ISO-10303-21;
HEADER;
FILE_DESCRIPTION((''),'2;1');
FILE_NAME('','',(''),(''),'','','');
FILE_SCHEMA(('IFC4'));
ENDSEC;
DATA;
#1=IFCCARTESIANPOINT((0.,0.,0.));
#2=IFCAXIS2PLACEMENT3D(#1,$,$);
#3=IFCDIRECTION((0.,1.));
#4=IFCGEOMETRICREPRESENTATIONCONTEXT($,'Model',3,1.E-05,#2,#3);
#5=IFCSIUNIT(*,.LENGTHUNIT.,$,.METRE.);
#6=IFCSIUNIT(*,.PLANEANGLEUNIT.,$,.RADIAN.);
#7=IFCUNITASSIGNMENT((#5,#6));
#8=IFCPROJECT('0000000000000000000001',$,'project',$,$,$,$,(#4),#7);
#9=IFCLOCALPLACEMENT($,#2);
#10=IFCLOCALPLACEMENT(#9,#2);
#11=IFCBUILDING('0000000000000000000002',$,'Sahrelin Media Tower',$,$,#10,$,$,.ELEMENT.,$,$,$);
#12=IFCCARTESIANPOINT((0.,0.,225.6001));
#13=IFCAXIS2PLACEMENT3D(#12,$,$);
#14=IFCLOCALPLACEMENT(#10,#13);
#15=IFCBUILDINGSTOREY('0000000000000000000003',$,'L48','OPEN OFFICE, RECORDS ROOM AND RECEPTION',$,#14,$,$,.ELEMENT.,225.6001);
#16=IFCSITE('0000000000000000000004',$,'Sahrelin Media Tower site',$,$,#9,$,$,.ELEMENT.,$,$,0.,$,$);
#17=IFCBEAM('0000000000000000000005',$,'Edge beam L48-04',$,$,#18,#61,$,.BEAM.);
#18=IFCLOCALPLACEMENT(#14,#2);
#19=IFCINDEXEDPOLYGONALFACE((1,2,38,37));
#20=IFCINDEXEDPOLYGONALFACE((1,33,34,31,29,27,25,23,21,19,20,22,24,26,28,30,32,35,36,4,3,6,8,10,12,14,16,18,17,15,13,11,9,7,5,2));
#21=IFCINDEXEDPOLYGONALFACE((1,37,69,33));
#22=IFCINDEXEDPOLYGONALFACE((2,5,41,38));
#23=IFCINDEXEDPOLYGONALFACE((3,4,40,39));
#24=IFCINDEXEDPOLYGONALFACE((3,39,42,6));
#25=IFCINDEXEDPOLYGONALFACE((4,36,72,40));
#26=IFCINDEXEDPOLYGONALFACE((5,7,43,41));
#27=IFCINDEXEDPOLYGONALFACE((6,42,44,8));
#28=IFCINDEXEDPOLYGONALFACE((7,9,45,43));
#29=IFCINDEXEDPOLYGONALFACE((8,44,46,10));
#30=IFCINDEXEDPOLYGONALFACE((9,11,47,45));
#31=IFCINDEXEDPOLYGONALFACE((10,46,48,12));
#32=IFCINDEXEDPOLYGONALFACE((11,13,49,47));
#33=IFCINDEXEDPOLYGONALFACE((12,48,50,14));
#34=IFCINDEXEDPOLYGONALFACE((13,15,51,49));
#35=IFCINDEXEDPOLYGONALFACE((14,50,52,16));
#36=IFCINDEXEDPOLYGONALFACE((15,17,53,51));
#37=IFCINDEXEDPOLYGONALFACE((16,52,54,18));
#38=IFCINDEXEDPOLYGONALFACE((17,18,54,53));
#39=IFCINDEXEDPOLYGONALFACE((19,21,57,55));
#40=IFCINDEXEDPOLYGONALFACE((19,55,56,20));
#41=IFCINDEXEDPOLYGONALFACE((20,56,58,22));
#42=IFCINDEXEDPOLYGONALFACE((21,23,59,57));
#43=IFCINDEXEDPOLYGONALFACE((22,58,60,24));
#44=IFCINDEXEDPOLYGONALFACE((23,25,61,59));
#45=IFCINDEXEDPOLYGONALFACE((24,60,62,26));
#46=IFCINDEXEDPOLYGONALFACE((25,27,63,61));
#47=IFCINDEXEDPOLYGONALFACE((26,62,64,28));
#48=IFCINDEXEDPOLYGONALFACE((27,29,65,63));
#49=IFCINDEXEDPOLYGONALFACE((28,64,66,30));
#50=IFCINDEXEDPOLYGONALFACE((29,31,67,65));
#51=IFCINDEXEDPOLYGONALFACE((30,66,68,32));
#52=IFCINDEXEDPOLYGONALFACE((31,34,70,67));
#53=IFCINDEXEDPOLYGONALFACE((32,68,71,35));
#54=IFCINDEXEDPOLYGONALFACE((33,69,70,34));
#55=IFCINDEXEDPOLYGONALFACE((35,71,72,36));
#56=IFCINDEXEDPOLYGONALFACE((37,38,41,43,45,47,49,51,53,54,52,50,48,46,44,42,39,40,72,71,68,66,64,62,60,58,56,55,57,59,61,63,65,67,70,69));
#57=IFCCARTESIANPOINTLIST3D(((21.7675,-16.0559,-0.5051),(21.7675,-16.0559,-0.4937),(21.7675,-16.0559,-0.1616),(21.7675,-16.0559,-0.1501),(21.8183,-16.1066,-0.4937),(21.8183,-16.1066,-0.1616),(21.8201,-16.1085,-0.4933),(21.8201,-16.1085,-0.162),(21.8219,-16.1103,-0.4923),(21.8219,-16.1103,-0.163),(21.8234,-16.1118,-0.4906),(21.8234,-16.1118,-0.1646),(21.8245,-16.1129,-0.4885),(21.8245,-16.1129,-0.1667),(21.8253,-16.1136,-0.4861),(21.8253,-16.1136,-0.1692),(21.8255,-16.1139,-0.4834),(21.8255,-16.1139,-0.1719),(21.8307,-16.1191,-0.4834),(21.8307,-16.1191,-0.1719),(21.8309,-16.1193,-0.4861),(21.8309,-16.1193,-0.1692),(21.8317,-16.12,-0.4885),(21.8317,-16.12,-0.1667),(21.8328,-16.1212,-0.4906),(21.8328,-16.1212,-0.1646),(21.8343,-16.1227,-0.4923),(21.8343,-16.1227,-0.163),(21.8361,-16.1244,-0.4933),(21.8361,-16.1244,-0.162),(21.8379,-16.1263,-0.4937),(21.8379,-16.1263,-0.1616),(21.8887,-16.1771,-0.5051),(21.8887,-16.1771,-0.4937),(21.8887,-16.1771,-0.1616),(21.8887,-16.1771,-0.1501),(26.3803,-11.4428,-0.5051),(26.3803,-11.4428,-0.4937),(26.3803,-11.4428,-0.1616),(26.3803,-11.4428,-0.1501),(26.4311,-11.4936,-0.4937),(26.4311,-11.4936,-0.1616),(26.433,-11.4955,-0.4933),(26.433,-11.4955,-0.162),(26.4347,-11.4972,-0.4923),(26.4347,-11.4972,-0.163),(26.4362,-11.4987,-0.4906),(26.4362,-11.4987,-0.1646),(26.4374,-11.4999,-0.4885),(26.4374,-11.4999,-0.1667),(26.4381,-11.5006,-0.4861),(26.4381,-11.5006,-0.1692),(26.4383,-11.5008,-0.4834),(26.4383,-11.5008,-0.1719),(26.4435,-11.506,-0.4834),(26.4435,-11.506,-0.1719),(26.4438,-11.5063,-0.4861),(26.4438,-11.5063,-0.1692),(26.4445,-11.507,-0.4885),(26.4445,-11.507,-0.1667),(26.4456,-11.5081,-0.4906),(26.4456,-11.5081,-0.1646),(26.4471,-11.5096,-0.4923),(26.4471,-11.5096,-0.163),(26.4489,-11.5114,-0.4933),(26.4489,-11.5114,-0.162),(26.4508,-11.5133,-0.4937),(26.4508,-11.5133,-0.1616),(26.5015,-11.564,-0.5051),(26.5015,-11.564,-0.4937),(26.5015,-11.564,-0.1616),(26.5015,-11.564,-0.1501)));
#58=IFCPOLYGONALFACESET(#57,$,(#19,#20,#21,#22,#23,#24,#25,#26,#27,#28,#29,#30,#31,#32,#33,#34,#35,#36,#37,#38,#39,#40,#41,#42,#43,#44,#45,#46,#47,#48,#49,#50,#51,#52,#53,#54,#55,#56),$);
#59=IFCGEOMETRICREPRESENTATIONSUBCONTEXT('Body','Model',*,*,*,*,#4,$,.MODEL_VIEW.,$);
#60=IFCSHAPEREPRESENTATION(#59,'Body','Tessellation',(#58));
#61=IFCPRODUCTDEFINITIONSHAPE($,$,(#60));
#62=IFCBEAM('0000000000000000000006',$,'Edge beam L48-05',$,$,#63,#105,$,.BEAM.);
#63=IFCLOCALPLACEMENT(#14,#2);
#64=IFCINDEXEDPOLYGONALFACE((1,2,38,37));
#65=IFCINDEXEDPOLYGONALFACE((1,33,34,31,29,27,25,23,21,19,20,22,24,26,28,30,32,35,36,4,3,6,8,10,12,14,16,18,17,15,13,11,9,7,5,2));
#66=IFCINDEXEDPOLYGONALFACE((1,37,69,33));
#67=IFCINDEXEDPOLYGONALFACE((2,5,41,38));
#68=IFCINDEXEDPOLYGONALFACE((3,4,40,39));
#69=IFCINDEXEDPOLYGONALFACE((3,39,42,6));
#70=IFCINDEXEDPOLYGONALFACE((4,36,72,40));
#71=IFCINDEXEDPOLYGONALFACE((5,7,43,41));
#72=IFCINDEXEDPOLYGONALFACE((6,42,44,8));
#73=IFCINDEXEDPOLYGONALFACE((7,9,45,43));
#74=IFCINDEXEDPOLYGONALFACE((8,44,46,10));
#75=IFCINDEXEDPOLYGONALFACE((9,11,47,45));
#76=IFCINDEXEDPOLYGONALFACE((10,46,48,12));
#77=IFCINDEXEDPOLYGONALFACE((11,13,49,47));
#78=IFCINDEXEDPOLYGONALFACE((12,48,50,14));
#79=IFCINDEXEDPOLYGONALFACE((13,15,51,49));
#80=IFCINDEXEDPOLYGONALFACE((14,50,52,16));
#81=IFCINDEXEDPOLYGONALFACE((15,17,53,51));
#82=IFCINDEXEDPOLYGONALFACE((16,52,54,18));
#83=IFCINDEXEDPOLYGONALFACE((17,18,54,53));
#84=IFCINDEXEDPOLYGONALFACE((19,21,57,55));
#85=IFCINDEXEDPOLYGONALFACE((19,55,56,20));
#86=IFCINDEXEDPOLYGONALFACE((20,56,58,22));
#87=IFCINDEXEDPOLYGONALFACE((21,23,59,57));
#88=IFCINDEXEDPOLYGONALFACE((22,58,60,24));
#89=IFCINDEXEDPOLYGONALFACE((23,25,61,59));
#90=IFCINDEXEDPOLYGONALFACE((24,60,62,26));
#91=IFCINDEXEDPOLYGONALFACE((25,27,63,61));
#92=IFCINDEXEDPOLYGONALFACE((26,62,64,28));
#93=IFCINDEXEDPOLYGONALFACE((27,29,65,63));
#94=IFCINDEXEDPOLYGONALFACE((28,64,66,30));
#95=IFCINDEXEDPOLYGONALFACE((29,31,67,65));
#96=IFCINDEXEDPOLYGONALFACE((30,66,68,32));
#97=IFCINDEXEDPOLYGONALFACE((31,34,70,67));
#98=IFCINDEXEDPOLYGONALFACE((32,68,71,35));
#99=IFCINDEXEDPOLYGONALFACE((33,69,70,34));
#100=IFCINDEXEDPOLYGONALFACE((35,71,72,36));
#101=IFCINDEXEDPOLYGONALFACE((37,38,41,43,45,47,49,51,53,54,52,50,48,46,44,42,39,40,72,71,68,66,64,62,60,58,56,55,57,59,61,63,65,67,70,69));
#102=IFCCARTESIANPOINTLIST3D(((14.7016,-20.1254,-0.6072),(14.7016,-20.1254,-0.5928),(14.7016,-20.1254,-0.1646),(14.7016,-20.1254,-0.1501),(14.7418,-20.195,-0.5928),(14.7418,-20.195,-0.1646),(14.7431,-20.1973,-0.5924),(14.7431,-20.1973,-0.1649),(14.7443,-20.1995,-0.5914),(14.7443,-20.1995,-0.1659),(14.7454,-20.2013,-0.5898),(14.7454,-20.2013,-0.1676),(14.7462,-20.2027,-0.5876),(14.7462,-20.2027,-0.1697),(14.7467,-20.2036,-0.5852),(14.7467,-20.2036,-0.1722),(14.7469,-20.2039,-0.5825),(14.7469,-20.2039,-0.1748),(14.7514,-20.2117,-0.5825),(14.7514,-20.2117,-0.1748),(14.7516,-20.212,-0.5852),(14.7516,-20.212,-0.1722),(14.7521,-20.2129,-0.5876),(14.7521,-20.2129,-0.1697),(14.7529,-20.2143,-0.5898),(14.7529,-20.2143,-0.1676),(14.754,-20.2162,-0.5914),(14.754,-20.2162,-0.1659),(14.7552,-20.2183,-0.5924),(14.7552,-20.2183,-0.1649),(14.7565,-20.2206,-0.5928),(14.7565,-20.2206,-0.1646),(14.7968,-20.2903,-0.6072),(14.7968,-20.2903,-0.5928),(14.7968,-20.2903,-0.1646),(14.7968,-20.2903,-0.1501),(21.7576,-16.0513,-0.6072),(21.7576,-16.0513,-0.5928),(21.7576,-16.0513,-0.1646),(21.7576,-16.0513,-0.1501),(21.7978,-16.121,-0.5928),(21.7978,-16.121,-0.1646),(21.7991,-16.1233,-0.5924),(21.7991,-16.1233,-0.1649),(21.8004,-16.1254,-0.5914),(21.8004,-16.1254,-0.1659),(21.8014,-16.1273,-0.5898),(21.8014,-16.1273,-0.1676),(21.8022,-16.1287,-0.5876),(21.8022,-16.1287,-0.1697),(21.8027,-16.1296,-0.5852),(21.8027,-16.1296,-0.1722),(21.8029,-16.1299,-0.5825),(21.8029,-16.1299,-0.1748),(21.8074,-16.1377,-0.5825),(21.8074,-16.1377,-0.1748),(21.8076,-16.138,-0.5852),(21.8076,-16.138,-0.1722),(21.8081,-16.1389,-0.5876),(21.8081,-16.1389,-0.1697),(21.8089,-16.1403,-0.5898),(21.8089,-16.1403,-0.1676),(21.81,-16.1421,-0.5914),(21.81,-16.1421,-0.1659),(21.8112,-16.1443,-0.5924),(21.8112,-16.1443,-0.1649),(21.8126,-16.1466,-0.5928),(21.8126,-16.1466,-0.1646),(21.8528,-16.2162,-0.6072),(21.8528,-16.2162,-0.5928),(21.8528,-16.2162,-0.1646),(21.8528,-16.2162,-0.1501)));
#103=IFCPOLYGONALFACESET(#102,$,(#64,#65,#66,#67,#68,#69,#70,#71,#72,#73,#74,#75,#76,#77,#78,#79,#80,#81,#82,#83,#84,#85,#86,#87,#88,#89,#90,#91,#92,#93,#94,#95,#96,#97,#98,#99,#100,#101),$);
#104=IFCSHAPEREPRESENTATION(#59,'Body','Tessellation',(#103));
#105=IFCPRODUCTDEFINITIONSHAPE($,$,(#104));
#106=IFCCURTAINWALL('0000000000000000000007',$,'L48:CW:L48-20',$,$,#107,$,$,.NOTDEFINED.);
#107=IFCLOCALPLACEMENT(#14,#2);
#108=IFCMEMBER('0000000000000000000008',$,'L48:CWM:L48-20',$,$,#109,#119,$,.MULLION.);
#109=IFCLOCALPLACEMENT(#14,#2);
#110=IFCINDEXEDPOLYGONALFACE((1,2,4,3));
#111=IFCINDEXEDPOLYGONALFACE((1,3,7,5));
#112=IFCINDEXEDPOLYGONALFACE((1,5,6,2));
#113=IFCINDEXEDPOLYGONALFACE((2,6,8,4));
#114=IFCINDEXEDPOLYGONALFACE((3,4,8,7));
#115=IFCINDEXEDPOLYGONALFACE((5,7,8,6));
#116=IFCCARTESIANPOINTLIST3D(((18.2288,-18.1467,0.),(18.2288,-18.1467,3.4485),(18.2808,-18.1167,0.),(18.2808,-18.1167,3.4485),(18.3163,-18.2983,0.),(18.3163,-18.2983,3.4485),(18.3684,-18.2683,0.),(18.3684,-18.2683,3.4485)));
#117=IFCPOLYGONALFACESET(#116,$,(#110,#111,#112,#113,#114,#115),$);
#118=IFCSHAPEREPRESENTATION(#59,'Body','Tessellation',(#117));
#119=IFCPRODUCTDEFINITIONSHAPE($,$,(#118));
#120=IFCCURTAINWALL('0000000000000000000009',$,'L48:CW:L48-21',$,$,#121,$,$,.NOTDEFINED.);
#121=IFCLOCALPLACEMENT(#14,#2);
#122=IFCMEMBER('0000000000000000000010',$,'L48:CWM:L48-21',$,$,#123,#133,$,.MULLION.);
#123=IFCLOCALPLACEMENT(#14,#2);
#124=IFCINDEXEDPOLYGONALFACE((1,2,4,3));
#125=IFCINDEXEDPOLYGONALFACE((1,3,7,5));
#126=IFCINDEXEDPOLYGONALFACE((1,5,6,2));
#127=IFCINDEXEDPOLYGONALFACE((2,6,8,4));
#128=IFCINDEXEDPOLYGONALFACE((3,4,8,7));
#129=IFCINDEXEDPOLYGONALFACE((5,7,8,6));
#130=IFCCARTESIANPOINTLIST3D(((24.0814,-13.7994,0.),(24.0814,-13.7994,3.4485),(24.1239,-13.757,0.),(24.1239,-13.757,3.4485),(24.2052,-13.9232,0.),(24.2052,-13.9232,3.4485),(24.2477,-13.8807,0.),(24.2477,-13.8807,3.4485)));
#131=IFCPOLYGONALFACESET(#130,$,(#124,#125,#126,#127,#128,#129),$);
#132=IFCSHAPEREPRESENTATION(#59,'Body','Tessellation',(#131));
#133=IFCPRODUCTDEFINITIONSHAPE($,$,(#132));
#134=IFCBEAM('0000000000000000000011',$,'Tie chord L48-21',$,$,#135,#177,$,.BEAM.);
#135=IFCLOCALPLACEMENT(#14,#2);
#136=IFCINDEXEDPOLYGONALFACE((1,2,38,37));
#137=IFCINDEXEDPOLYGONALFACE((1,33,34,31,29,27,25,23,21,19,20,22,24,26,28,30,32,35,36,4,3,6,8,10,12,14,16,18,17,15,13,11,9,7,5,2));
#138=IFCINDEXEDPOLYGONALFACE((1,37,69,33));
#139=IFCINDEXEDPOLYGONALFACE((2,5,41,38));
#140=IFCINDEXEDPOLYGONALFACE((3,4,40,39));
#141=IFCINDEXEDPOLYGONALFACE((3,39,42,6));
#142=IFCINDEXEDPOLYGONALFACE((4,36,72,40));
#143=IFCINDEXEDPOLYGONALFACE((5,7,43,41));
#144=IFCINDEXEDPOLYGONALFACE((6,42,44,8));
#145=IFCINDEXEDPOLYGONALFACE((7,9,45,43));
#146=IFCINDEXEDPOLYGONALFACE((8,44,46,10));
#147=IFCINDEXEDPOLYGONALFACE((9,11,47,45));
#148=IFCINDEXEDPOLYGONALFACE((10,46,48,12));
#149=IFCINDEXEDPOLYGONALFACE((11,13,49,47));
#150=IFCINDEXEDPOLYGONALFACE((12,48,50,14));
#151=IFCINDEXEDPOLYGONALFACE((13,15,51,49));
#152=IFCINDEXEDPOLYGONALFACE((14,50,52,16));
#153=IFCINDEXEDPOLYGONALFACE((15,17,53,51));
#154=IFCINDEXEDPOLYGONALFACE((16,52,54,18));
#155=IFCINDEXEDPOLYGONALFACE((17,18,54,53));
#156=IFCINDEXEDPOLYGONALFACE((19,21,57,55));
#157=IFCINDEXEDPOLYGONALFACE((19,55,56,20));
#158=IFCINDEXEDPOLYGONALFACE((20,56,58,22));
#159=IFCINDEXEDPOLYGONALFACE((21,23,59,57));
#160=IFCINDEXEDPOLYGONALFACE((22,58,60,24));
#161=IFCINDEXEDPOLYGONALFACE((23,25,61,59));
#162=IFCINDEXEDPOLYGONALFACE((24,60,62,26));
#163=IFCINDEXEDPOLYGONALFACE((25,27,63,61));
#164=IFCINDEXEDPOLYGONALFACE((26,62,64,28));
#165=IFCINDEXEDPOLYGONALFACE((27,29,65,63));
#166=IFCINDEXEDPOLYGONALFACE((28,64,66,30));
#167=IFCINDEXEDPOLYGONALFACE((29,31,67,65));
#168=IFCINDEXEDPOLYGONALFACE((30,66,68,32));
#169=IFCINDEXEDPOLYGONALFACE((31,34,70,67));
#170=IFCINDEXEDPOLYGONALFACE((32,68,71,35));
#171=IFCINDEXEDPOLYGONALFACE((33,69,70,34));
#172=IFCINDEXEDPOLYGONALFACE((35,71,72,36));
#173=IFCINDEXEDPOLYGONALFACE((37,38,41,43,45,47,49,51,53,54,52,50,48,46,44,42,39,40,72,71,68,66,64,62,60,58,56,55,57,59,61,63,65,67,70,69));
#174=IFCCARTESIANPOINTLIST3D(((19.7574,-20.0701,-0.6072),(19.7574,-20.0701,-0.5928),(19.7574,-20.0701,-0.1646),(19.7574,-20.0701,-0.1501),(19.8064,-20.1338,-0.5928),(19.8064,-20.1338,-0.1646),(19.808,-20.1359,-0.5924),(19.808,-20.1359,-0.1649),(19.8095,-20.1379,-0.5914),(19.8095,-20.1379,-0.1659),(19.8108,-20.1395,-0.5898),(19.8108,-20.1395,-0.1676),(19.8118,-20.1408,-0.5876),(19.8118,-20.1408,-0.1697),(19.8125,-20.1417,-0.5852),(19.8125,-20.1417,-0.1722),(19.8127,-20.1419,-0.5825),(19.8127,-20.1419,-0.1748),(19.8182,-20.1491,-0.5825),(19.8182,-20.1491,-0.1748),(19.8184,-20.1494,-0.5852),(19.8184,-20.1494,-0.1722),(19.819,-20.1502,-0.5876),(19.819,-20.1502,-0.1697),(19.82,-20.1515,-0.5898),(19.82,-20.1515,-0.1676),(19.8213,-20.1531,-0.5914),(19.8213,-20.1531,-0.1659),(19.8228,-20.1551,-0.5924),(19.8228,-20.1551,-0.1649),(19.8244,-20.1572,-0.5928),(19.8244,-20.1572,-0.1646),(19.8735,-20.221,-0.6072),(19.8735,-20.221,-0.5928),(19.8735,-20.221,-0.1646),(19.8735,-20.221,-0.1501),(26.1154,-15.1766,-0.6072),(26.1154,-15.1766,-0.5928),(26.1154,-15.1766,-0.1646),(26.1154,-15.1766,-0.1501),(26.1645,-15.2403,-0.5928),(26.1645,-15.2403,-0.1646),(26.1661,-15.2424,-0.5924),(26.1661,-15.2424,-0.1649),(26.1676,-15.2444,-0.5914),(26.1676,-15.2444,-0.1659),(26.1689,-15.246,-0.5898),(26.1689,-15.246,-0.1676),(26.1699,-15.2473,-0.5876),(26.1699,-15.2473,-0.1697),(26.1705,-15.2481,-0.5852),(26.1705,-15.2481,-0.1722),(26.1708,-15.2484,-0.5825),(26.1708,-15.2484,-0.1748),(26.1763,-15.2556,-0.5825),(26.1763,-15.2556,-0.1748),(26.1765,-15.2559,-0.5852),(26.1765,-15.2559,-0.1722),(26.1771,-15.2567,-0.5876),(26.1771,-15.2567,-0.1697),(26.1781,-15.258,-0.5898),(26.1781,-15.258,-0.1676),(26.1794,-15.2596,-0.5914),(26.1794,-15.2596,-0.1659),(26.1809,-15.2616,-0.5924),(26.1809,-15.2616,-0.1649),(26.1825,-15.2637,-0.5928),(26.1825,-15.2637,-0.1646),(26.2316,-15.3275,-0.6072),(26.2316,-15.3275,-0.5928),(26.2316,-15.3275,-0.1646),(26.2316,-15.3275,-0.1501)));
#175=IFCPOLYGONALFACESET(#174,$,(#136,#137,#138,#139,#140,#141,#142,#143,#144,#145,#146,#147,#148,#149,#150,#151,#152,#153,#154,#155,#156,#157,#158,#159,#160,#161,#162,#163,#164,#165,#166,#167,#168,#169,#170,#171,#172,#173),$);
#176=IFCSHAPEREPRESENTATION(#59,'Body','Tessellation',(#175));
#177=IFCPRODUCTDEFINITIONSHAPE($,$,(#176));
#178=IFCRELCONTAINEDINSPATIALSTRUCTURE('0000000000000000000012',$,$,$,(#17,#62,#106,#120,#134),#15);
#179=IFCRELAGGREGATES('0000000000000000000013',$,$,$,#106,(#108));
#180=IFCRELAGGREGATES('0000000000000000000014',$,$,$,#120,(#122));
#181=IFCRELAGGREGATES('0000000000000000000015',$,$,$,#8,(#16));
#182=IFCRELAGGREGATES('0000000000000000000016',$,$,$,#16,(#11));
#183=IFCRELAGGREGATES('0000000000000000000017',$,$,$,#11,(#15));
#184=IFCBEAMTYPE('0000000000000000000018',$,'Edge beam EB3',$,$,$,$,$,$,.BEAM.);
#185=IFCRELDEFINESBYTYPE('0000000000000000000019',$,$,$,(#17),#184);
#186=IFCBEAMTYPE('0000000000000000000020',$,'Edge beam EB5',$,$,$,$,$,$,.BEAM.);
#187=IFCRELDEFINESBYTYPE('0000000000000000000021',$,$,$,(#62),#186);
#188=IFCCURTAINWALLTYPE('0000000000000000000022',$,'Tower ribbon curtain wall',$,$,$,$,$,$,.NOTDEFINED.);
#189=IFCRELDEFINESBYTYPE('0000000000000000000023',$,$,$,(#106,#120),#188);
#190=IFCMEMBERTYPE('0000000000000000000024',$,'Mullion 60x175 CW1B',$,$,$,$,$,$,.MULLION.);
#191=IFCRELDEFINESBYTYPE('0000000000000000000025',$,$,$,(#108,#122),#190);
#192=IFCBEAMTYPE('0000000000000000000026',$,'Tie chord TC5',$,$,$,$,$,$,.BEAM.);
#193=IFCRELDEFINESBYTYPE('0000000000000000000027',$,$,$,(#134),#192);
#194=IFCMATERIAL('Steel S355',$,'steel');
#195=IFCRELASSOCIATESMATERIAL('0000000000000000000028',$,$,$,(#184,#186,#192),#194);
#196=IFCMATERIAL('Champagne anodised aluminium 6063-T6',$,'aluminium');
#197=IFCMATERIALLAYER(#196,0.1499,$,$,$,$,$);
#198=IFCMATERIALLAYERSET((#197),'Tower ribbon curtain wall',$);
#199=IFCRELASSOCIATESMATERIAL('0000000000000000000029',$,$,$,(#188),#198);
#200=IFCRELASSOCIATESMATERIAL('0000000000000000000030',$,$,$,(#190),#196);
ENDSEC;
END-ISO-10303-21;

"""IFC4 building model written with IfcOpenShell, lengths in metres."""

from ifc_helpers import new_model, si_unit, direction, frame, origin, origin_2d, place, context, subcontext, project, spatial, rectangle, i_section, extrude, material, layer, layer_set, material_profile, profile_set, type_object, element, aggregate, save


model = new_model("IFC4")

# Units and contexts
model_context = context("Model", 3, precision=1e-05, world=origin(), true_north=direction((0.0, 1.0)))
body_context = subcontext(model_context, "Body", "Model", "MODEL_VIEW")
ifc_project = project(units=[si_unit("LENGTHUNIT", "METRE"), si_unit("PLANEANGLEUNIT", "RADIAN")], contexts=[model_context])

# Site, building, storey
site_placement = place(None, origin())
site = spatial("IfcSite", under=ifc_project, at=site_placement, Name="Sahrelin Media Tower site", CompositionType="ELEMENT", RefElevation=0.0)
building_placement = place(site_placement, origin())
building = spatial("IfcBuilding", under=site, at=building_placement, Name="Sahrelin Media Tower", CompositionType="ELEMENT")
storey_placement = place(building_placement, frame((0.0, 0.0, 225.6001)))
storey = spatial("IfcBuildingStorey", under=building, at=storey_placement, Name="L48", Description="OPEN OFFICE, RECORDS ROOM AND RECEPTION", CompositionType="ELEMENT", Elevation=225.6001)

# Beams
ifc_material_1 = material(Name="Steel S355", Category="steel")
ifc_material_profile_1 = material_profile(ifc_material_1, i_section(OverallWidth=0.1714, OverallDepth=0.355, WebThickness=0.0073, FlangeThickness=0.0115, FilletRadius=0.0103, at=origin_2d()), Name="UB 356x171x51")
ifc_profile_set_1 = profile_set([ifc_material_profile_1], Name="Steel S355")
beam_type_1 = type_object("IfcBeamType", Name="Edge beam EB3", PredefinedType="BEAM", material=ifc_profile_set_1)
beam_1_placement = place(storey_placement, frame((26.4409, -11.5034, -0.3276), z_axis=(-0.707088, -0.707125, 0.0), x_axis=(0.707125, -0.707088, 0.0)))
element("IfcBeam", 1, at=beam_1_placement, inside=storey, type_object=beam_type_1, Name="Edge beam L48-04", PredefinedType="BEAM", context=body_context, shape_type="SweptSolid", body=[
    extrude(i_section(OverallWidth=0.1714, OverallDepth=0.355, WebThickness=0.0073, FlangeThickness=0.0115, FilletRadius=0.0103, at=origin_2d()), origin(), (0.0, 0.0, 1.0), 6.5237),
])
ifc_material_profile_2 = material_profile(ifc_material_1, i_section(OverallWidth=0.1904, OverallDepth=0.457, WebThickness=0.009, FlangeThickness=0.0144, FilletRadius=0.0103, at=origin_2d()), Name="UB 457x191x74")
ifc_profile_set_2 = profile_set([ifc_material_profile_2], Name="Steel S355")
beam_type_2 = type_object("IfcBeamType", Name="Edge beam EB5", PredefinedType="BEAM", material=ifc_profile_set_2)
beam_2_placement = place(storey_placement, frame((21.8052, -16.1338, -0.3787), z_axis=(-0.866012, -0.500022, 0.0), x_axis=(0.500022, -0.866012, 0.0)))
element("IfcBeam", 2, at=beam_2_placement, inside=storey, type_object=beam_type_2, Name="Edge beam L48-05", PredefinedType="BEAM", context=body_context, shape_type="SweptSolid", body=[
    extrude(i_section(OverallWidth=0.1904, OverallDepth=0.457, WebThickness=0.009, FlangeThickness=0.0144, FilletRadius=0.0103, at=origin_2d()), origin(), (0.0, 0.0, 1.0), 8.1477),
])

# Curtain walls, members
ifc_material_2 = material(Name="Champagne anodised aluminium 6063-T6", Category="aluminium")
ifc_layer_1 = layer(ifc_material_2, 0.1499)
ifc_layer_set_1 = layer_set([ifc_layer_1], Name="Tower ribbon curtain wall")
curtain_wall_type = type_object("IfcCurtainWallType", Name="Tower ribbon curtain wall", PredefinedType="NOTDEFINED", material=ifc_layer_set_1)
curtain_wall_1_placement = place(storey_placement, frame((18.3523, -18.3008, 0.0), z_axis=(0.0, 0.0, 1.0), x_axis=(1.0, 0.0, 0.0)))
curtain_wall_1 = element("IfcCurtainWall", 3, at=curtain_wall_1_placement, inside=storey, type_object=curtain_wall_type, Name="L48:CW:L48-20", PredefinedType="NOTDEFINED")
ifc_material_profile_3 = material_profile(ifc_material_2, rectangle(XDim=0.0601, YDim=0.175, at=origin_2d()), Name="Mullion 60x175")
ifc_profile_set_3 = profile_set([ifc_material_profile_3], Name="Champagne anodised aluminium 6063-T6")
member_type_1 = type_object("IfcMemberType", Name="Mullion 60x175 CW1B", PredefinedType="MULLION", material=ifc_profile_set_3)
member_1_placement = place(storey_placement, frame((18.2986, -18.2075, 0.0), z_axis=(0.0, 0.0, 1.0), x_axis=(0.866026, 0.499998, 0.0)))
member_1 = element("IfcMember", 4, at=member_1_placement, type_object=member_type_1, Name="L48:CWM:L48-20", PredefinedType="MULLION", context=body_context, shape_type="SweptSolid", body=[
    extrude(rectangle(XDim=0.0601, YDim=0.175, at=origin_2d()), origin(), (0.0, 0.0, 1.0), 3.4485),
])
curtain_wall_2_placement = place(storey_placement, frame((24.2405, -13.916, 0.0), z_axis=(0.0, 0.0, 1.0), x_axis=(1.0, 0.0, 0.0)))
curtain_wall_2 = element("IfcCurtainWall", 5, at=curtain_wall_2_placement, inside=storey, type_object=curtain_wall_type, Name="L48:CW:L48-21", PredefinedType="NOTDEFINED")
member_2_placement = place(storey_placement, frame((24.1646, -13.8401, 0.0), z_axis=(0.0, 0.0, 1.0), x_axis=(0.707107, 0.707107, 0.0)))
member_2 = element("IfcMember", 6, at=member_2_placement, type_object=member_type_1, Name="L48:CWM:L48-21", PredefinedType="MULLION", context=body_context, shape_type="SweptSolid", body=[
    extrude(rectangle(XDim=0.0601, YDim=0.175, at=origin_2d()), origin(), (0.0, 0.0, 1.0), 3.4485),
])

# Beam
ifc_material_profile_4 = material_profile(ifc_material_1, i_section(OverallWidth=0.1904, OverallDepth=0.457, WebThickness=0.009, FlangeThickness=0.0144, FilletRadius=0.0103, at=origin_2d()), Name="UB 457x191x74")
ifc_profile_set_4 = profile_set([ifc_material_profile_4], Name="Steel S355")
beam_type_3 = type_object("IfcBeamType", Name="Tie chord TC5", PredefinedType="BEAM", material=ifc_profile_set_4)
beam_3_placement = place(storey_placement, frame((19.8154, -20.1455, -0.3787), z_axis=(0.792463, 0.60992, 0.0), x_axis=(-0.60992, 0.792463, 0.0)))
element("IfcBeam", 7, at=beam_3_placement, inside=storey, type_object=beam_type_3, Name="Tie chord L48-21", PredefinedType="BEAM", context=body_context, shape_type="SweptSolid", body=[
    extrude(i_section(OverallWidth=0.1904, OverallDepth=0.457, WebThickness=0.009, FlangeThickness=0.0144, FilletRadius=0.0103, at=origin_2d()), origin(), (0.0, 0.0, 1.0), 8.0232),
])

aggregate(curtain_wall_1, [member_1])
aggregate(curtain_wall_2, [member_2])

save(model, "model.ifc")
